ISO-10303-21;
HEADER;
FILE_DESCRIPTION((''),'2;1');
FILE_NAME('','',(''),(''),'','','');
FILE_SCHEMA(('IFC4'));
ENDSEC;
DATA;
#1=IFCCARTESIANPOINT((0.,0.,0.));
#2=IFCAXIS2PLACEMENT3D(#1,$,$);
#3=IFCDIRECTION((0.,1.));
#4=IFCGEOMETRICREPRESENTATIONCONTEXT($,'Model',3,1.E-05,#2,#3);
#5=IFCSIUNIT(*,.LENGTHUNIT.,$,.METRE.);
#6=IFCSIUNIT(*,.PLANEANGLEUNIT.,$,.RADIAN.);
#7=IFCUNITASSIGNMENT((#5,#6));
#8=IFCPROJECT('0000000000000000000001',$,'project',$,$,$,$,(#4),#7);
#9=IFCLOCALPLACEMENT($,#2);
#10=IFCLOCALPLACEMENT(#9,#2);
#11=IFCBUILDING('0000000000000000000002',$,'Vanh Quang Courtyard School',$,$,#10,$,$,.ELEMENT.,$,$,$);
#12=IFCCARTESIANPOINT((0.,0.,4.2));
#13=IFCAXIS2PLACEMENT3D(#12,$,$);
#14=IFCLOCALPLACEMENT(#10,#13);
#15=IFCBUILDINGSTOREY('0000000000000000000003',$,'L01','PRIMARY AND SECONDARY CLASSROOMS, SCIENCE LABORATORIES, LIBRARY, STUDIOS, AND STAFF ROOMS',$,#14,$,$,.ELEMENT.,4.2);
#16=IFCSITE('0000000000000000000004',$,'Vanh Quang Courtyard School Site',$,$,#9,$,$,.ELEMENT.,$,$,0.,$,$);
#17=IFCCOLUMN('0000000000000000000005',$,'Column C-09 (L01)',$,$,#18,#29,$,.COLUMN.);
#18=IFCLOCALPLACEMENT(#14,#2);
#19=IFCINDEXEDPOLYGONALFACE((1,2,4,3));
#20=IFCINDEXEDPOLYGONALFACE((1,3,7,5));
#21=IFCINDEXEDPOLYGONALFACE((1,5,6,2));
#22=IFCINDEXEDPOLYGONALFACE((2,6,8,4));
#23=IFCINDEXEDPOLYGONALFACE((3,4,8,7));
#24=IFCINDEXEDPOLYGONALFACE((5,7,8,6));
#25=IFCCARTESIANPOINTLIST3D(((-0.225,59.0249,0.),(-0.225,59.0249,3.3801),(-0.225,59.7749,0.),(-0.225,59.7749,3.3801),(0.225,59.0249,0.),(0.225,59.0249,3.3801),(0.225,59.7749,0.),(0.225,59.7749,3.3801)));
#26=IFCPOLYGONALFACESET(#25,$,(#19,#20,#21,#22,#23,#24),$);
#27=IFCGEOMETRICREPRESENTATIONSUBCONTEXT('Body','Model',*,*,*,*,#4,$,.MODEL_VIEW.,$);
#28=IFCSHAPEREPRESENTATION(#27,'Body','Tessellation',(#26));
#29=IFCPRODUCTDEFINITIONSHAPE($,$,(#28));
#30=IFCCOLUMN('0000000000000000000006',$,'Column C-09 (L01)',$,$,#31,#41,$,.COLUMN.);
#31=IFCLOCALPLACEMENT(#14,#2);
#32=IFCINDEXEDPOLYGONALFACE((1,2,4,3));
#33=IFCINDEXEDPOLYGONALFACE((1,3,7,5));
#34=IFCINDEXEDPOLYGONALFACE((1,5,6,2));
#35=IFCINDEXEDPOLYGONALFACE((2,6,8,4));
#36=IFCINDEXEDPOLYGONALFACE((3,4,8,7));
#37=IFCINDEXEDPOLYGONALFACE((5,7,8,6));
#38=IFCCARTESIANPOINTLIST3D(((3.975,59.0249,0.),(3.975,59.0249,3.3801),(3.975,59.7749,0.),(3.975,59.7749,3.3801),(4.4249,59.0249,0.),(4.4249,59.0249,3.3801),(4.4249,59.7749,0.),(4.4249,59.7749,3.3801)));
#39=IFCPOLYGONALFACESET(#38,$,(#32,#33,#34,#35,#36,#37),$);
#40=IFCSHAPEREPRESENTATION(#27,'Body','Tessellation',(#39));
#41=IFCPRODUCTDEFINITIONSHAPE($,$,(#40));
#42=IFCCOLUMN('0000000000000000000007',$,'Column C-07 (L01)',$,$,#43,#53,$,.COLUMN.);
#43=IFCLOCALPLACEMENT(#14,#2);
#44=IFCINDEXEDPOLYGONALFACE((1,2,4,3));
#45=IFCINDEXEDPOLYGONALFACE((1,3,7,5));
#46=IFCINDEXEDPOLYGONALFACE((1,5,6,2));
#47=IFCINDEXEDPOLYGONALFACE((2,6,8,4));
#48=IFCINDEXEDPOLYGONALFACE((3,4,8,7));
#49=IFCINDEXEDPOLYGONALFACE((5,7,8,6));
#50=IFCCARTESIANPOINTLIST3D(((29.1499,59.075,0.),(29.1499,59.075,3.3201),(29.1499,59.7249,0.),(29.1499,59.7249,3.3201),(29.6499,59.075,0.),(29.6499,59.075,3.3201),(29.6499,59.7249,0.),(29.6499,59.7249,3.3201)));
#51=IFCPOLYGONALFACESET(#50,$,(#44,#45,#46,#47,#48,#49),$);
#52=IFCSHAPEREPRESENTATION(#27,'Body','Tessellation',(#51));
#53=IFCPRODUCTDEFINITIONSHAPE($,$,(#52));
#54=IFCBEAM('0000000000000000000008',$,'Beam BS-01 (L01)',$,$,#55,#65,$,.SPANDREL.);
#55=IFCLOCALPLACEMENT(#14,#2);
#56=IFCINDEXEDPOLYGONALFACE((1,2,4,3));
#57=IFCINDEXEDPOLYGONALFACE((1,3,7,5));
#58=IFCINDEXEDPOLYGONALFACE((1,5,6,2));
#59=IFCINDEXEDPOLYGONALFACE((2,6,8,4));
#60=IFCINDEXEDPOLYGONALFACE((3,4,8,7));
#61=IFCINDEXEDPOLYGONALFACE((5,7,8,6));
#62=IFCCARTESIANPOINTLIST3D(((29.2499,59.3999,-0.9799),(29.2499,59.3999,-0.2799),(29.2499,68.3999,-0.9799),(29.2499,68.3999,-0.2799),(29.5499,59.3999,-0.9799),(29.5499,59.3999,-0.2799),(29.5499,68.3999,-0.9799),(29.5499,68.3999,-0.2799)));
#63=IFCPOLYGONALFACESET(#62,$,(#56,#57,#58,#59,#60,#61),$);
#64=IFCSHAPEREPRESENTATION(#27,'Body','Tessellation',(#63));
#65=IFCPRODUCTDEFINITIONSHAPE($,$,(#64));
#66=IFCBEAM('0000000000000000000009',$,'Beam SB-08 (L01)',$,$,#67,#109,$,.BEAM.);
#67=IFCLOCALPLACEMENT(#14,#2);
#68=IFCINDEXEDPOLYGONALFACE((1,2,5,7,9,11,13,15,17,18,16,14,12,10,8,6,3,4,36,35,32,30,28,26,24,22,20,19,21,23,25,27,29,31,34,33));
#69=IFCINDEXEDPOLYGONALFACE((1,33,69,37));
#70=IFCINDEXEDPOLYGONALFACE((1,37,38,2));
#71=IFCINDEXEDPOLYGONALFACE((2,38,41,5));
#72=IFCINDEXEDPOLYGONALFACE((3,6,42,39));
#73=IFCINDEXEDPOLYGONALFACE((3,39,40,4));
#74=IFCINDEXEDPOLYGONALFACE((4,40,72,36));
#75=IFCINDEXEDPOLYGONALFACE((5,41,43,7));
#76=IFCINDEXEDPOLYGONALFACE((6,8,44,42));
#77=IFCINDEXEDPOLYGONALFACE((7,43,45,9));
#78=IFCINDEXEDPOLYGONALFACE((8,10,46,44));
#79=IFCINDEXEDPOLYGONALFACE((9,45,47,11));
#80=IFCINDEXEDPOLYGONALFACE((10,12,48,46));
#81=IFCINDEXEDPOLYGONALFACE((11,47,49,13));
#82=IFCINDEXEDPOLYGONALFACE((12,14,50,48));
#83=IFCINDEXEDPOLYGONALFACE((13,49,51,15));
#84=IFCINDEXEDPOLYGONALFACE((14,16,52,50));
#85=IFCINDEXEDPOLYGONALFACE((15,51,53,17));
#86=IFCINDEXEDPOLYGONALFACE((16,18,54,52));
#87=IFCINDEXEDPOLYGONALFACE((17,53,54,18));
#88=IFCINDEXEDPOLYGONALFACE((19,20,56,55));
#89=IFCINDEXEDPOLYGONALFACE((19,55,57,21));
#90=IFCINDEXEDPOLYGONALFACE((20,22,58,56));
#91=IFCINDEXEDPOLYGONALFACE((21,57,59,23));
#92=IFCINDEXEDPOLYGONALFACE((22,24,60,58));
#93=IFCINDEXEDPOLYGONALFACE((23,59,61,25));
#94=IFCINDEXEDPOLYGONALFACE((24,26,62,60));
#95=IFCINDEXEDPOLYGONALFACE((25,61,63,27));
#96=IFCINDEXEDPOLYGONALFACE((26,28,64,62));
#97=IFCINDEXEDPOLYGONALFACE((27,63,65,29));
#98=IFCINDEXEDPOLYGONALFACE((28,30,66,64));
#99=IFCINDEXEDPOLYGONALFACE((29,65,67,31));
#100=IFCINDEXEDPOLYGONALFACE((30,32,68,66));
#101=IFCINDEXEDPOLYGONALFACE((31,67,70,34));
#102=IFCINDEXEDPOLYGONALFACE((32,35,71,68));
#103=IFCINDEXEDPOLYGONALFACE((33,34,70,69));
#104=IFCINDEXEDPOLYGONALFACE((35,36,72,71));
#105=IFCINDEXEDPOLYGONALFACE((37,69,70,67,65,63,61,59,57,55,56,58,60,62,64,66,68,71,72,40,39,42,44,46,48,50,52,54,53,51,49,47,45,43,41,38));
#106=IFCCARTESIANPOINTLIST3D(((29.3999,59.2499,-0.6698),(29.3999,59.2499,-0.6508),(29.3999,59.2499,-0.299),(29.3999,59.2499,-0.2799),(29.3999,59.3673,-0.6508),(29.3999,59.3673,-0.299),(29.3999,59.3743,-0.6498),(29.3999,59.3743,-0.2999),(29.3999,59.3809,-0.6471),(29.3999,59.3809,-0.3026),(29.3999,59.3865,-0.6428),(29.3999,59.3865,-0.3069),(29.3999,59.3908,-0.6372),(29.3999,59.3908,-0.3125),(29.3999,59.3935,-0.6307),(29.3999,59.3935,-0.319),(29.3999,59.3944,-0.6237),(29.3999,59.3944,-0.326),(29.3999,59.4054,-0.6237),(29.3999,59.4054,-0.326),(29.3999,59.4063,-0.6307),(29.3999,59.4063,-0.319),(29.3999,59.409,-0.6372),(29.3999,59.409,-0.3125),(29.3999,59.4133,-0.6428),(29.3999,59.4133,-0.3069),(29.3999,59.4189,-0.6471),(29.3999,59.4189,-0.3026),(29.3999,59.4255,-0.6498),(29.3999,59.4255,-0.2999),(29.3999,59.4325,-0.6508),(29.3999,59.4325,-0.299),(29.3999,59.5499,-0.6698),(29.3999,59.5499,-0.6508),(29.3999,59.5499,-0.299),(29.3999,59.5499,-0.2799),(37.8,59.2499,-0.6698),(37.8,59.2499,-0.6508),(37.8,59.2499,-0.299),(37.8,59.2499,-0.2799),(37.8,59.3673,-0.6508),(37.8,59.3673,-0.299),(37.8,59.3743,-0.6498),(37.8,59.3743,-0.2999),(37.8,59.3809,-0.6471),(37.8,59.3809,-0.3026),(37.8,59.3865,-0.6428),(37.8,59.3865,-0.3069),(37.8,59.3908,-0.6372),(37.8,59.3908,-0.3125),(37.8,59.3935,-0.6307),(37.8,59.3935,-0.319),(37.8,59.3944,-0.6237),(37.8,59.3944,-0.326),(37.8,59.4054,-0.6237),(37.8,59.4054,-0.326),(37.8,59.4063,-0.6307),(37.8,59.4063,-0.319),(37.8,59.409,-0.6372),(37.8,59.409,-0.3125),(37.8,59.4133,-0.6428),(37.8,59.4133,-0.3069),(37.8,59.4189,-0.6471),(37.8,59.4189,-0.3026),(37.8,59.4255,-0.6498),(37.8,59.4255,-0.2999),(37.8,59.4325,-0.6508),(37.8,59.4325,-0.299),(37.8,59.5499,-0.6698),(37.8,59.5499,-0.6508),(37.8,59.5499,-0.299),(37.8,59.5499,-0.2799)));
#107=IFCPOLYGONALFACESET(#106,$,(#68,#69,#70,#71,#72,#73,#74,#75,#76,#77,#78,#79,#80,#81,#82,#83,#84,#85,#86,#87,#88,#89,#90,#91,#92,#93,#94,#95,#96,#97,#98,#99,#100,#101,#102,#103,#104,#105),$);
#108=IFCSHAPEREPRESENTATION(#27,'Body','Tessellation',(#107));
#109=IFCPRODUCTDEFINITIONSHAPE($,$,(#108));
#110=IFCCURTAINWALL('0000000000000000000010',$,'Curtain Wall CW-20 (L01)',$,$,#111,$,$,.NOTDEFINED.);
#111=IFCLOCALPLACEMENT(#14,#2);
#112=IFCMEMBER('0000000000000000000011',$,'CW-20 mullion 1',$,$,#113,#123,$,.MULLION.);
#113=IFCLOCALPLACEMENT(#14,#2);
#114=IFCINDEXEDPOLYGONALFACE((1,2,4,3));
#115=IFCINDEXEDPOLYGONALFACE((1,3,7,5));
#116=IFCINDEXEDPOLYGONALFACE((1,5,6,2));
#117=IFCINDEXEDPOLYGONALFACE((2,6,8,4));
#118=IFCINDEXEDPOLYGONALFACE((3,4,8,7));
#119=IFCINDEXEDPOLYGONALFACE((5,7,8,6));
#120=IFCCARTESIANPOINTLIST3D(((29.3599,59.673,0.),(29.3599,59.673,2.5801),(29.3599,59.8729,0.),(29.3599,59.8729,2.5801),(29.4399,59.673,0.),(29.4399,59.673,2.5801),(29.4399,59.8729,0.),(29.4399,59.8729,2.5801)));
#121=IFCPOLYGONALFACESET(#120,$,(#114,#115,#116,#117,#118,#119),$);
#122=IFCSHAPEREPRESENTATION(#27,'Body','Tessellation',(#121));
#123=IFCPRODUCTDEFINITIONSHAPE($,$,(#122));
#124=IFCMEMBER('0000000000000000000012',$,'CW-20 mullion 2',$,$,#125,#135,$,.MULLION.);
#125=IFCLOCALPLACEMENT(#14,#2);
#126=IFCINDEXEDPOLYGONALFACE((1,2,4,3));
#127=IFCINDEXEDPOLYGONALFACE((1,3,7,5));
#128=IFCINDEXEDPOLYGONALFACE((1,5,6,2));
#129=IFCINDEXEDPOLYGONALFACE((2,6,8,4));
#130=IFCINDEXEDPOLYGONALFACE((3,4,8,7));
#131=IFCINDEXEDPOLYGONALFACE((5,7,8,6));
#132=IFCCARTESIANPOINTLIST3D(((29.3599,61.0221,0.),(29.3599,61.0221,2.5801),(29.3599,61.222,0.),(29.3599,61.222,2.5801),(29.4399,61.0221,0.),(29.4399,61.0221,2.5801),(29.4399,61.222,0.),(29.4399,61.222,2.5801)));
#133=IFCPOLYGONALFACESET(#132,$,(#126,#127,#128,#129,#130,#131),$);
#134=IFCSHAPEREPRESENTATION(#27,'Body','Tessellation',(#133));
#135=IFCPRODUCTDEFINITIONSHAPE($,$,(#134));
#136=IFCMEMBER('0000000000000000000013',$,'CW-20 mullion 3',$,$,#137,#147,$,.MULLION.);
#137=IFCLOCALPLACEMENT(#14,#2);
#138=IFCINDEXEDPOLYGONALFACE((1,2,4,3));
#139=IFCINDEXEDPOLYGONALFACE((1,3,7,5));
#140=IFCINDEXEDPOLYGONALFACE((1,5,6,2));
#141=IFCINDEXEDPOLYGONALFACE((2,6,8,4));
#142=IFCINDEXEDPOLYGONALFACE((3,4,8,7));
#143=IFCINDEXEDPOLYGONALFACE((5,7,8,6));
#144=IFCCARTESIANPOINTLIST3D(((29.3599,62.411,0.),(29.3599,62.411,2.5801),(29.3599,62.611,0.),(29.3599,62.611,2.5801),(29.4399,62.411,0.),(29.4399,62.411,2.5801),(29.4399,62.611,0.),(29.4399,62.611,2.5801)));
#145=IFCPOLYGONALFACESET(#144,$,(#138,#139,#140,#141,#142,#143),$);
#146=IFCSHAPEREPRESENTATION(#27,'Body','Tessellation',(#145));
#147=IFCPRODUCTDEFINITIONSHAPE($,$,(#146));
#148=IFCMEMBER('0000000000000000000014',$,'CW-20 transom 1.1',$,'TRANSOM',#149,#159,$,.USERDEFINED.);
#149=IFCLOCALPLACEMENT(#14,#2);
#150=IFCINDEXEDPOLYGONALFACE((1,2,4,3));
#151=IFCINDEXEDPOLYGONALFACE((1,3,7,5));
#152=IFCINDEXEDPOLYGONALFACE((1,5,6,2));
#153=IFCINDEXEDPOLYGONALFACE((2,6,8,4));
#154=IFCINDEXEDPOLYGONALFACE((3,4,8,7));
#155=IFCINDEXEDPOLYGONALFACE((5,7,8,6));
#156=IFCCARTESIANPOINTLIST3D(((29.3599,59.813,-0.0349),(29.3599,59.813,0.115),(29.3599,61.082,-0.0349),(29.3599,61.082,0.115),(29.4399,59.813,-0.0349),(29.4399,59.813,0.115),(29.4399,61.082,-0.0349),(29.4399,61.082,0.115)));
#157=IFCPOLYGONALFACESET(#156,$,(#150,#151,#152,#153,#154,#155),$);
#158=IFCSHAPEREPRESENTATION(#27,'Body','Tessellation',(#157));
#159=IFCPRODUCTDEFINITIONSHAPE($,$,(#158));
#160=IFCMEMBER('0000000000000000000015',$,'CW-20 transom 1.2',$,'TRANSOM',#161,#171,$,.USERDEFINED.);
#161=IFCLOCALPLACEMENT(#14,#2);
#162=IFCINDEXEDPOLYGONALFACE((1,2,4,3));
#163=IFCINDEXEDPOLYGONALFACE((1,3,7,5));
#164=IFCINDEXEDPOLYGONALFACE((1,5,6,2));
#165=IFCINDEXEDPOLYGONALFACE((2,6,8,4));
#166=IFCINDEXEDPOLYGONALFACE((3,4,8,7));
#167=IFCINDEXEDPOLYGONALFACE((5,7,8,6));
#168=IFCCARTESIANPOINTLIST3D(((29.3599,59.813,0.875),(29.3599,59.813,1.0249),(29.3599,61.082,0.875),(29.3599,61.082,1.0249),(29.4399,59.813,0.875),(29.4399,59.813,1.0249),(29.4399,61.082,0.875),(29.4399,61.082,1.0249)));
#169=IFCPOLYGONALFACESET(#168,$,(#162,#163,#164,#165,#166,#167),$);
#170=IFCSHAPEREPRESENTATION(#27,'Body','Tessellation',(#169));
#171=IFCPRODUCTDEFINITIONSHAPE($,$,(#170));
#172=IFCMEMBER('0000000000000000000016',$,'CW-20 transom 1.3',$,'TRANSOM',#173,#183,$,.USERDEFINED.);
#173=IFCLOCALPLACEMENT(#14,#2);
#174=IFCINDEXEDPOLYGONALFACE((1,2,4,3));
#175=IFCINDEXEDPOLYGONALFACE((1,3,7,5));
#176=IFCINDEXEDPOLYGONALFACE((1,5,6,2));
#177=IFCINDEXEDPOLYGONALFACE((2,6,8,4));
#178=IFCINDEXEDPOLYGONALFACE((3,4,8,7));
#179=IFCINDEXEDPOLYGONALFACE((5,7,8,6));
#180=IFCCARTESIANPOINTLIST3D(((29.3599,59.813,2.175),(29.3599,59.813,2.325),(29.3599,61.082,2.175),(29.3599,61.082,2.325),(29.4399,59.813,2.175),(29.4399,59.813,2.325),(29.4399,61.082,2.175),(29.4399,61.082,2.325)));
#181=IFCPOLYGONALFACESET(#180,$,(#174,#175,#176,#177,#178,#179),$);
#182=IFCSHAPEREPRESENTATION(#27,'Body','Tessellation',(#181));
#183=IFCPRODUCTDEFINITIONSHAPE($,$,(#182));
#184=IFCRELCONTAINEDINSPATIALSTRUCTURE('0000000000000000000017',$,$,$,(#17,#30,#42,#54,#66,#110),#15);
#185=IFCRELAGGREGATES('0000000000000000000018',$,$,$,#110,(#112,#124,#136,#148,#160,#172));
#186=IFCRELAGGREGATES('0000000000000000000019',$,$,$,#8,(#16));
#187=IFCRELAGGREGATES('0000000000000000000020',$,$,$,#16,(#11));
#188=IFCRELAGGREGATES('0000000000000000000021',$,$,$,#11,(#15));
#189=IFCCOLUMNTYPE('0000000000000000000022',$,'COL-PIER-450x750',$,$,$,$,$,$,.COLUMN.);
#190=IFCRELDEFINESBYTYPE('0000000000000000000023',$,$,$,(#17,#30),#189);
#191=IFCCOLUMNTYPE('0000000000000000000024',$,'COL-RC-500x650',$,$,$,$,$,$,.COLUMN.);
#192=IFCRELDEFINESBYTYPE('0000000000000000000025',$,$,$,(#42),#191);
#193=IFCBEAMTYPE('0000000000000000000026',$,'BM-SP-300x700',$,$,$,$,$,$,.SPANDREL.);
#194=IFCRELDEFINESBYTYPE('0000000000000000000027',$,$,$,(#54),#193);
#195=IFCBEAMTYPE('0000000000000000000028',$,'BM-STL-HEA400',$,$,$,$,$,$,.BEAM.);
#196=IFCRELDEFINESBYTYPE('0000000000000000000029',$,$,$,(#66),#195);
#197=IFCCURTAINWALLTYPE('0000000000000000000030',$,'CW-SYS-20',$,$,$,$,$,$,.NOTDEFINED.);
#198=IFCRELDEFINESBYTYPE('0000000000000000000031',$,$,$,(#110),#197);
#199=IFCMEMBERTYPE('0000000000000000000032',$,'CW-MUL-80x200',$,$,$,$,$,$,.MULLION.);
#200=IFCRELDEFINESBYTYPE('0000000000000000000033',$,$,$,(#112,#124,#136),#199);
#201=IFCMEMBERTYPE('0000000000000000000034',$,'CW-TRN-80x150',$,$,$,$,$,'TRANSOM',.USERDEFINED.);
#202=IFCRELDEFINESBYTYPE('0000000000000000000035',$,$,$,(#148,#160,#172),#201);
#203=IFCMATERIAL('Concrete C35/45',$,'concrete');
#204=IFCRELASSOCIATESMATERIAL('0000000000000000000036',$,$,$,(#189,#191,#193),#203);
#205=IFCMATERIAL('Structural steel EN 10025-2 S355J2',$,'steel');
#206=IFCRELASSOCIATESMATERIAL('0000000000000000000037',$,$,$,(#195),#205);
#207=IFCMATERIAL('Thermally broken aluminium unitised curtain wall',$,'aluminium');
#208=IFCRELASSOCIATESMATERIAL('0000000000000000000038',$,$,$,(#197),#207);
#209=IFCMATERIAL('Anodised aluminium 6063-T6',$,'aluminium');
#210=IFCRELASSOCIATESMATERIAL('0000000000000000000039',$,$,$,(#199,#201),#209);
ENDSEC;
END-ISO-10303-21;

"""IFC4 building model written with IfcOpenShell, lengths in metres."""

from ifc_helpers import new_model, si_unit, direction, frame, origin, origin_2d, place, context, subcontext, project, spatial, rectangle, i_section, extrude, material, material_profile, profile_set, type_object, element, aggregate, save


model = new_model("IFC4")

# Units and contexts
model_context = context("Model", 3, precision=1e-05, world=origin(), true_north=direction((0.0, 1.0)))
body_context = subcontext(model_context, "Body", "Model", "MODEL_VIEW")
ifc_project = project(units=[si_unit("LENGTHUNIT", "METRE"), si_unit("PLANEANGLEUNIT", "RADIAN")], contexts=[model_context])

# Site, building, storey
site_placement = place(None, origin())
site = spatial("IfcSite", under=ifc_project, at=site_placement, Name="Vanh Quang Courtyard School Site", CompositionType="ELEMENT", RefElevation=0.0)
building_placement = place(site_placement, origin())
building = spatial("IfcBuilding", under=site, at=building_placement, Name="Vanh Quang Courtyard School", CompositionType="ELEMENT")
storey_placement = place(building_placement, frame((0.0, 0.0, 4.2)))
storey = spatial("IfcBuildingStorey", under=building, at=storey_placement, Name="L01", Description="PRIMARY AND SECONDARY CLASSROOMS, SCIENCE LABORATORIES, LIBRARY, STUDIOS, AND STAFF ROOMS", CompositionType="ELEMENT", Elevation=4.2)

# Columns
ifc_material_1 = material(Name="Concrete C35/45", Category="concrete")
ifc_material_profile_1 = material_profile(ifc_material_1, rectangle(XDim=0.45, YDim=0.75, at=origin_2d()), Name="RC-PIER 450x750")
ifc_profile_set_1 = profile_set([ifc_material_profile_1], Name="Concrete C35/45")
column_type_1 = type_object("IfcColumnType", Name="COL-PIER-450x750", PredefinedType="COLUMN", material=ifc_profile_set_1)
for number, where, z_axis, x_axis, name in (
    (1, (0.0, 59.3999, 0.0), (0.0, 0.0, 1.0), (1.0, 0.0, 0.0), "Column C-09 (L01)"),
    (2, (4.2, 59.3999, 0.0), (0.0, 0.0, 1.0), (1.0, 0.0, 0.0), "Column C-09 (L01)"),
):
    element("IfcColumn", number, at=place(storey_placement, frame(where, z_axis=z_axis, x_axis=x_axis)), inside=storey, type_object=column_type_1, Name=name, PredefinedType="COLUMN", context=body_context, shape_type="SweptSolid", body=[
        extrude(rectangle(XDim=0.45, YDim=0.75, at=origin_2d()), origin(), (0.0, 0.0, 1.0), 3.3801),
    ])
ifc_material_profile_2 = material_profile(ifc_material_1, rectangle(XDim=0.5, YDim=0.6499, at=origin_2d()), Name="RC-COL 500x650")
ifc_profile_set_2 = profile_set([ifc_material_profile_2], Name="Concrete C35/45")
column_type_2 = type_object("IfcColumnType", Name="COL-RC-500x650", PredefinedType="COLUMN", material=ifc_profile_set_2)
column_placement = place(storey_placement, frame((29.3999, 59.3999, 0.0), z_axis=(0.0, 0.0, 1.0), x_axis=(1.0, 0.0, 0.0)))
element("IfcColumn", 3, at=column_placement, inside=storey, type_object=column_type_2, Name="Column C-07 (L01)", PredefinedType="COLUMN", context=body_context, shape_type="SweptSolid", body=[
    extrude(rectangle(XDim=0.5, YDim=0.6499, at=origin_2d()), origin(), (0.0, 0.0, 1.0), 3.3201),
])

# Beams
ifc_material_profile_3 = material_profile(ifc_material_1, rectangle(XDim=0.3, YDim=0.7, at=origin_2d()), Name="RC-SP 300x700")
ifc_profile_set_3 = profile_set([ifc_material_profile_3], Name="Concrete C35/45")
beam_type_1 = type_object("IfcBeamType", Name="BM-SP-300x700", PredefinedType="SPANDREL", material=ifc_profile_set_3)
beam_1_placement = place(storey_placement, frame((29.3999, 59.3999, -0.6299), z_axis=(0.0, 1.0, 0.0), x_axis=(-1.0, 0.0, 0.0)))
element("IfcBeam", 4, at=beam_1_placement, inside=storey, type_object=beam_type_1, Name="Beam BS-01 (L01)", PredefinedType="SPANDREL", context=body_context, shape_type="SweptSolid", body=[
    extrude(rectangle(XDim=0.3, YDim=0.7, at=origin_2d()), origin(), (0.0, 0.0, 1.0), 9.0),
])
ifc_material_2 = material(Name="Structural steel EN 10025-2 S355J2", Category="steel")
ifc_material_profile_4 = material_profile(ifc_material_2, i_section(OverallWidth=0.3, OverallDepth=0.3899, WebThickness=0.011, FlangeThickness=0.019, FilletRadius=0.0271, at=origin_2d()), Name="HEA 400")
ifc_profile_set_4 = profile_set([ifc_material_profile_4], Name="Structural steel EN 10025-2 S355J2")
beam_type_2 = type_object("IfcBeamType", Name="BM-STL-HEA400", PredefinedType="BEAM", material=ifc_profile_set_4)
beam_2_placement = place(storey_placement, frame((29.3999, 59.3999, -0.4749), z_axis=(1.0, 0.0, 0.0), x_axis=(0.0, 1.0, 0.0)))
element("IfcBeam", 5, at=beam_2_placement, inside=storey, type_object=beam_type_2, Name="Beam SB-08 (L01)", PredefinedType="BEAM", context=body_context, shape_type="SweptSolid", body=[
    extrude(i_section(OverallWidth=0.3, OverallDepth=0.3899, WebThickness=0.011, FlangeThickness=0.019, FilletRadius=0.0271, at=origin_2d()), origin(), (0.0, 0.0, 1.0), 8.4001),
])

# Curtain wall, members
ifc_material_3 = material(Name="Thermally broken aluminium unitised curtain wall", Category="aluminium")
curtain_wall_type = type_object("IfcCurtainWallType", Name="CW-SYS-20", PredefinedType="NOTDEFINED", material=ifc_material_3)
curtain_wall_placement = place(storey_placement, origin())
curtain_wall = element("IfcCurtainWall", 6, at=curtain_wall_placement, inside=storey, type_object=curtain_wall_type, Name="Curtain Wall CW-20 (L01)", PredefinedType="NOTDEFINED")
ifc_material_4 = material(Name="Anodised aluminium 6063-T6", Category="aluminium")
ifc_material_profile_5 = material_profile(ifc_material_4, rectangle(XDim=0.0801, YDim=0.2, at=origin_2d()), Name="ALU-MUL 80x200")
ifc_profile_set_5 = profile_set([ifc_material_profile_5], Name="Anodised aluminium 6063-T6")
member_type_1 = type_object("IfcMemberType", Name="CW-MUL-80x200", PredefinedType="MULLION", material=ifc_profile_set_5)
member_1_placement = place(storey_placement, frame((29.3999, 59.7729, 0.0), z_axis=(0.0, 0.0, 1.0), x_axis=(-1.0, 0.0, 0.0)))
member_1 = element("IfcMember", 7, at=member_1_placement, type_object=member_type_1, Name="CW-20 mullion 1", PredefinedType="MULLION", context=body_context, shape_type="SweptSolid", body=[
    extrude(rectangle(XDim=0.0801, YDim=0.2, at=origin_2d()), origin(), (0.0, 0.0, 1.0), 2.5801),
])
member_2_placement = place(storey_placement, frame((29.3999, 61.1221, 0.0), z_axis=(0.0, 0.0, 1.0), x_axis=(-1.0, 0.0, 0.0)))
member_2 = element("IfcMember", 8, at=member_2_placement, type_object=member_type_1, Name="CW-20 mullion 2", PredefinedType="MULLION", context=body_context, shape_type="SweptSolid", body=[
    extrude(rectangle(XDim=0.0801, YDim=0.2, at=origin_2d()), origin(), (0.0, 0.0, 1.0), 2.5801),
])
member_3_placement = place(storey_placement, frame((29.3999, 62.511, 0.0), z_axis=(0.0, 0.0, 1.0), x_axis=(-1.0, 0.0, 0.0)))
member_3 = element("IfcMember", 9, at=member_3_placement, type_object=member_type_1, Name="CW-20 mullion 3", PredefinedType="MULLION", context=body_context, shape_type="SweptSolid", body=[
    extrude(rectangle(XDim=0.0801, YDim=0.2, at=origin_2d()), origin(), (0.0, 0.0, 1.0), 2.5801),
])
ifc_material_profile_6 = material_profile(ifc_material_4, rectangle(XDim=0.0801, YDim=0.1499, at=origin_2d()), Name="ALU-TRN 80x150")
ifc_profile_set_6 = profile_set([ifc_material_profile_6], Name="Anodised aluminium 6063-T6")
member_type_2 = type_object("IfcMemberType", Name="CW-TRN-80x150", ElementType="TRANSOM", PredefinedType="USERDEFINED", material=ifc_profile_set_6)
member_4_placement = place(storey_placement, frame((29.3999, 59.813, 0.04), z_axis=(0.0, 1.0, 0.0), x_axis=(-1.0, 0.0, 0.0)))
member_4 = element("IfcMember", 10, at=member_4_placement, type_object=member_type_2, Name="CW-20 transom 1.1", ObjectType="TRANSOM", PredefinedType="USERDEFINED", context=body_context, shape_type="SweptSolid", body=[
    extrude(rectangle(XDim=0.0801, YDim=0.1499, at=origin_2d()), origin(), (0.0, 0.0, 1.0), 1.269),
])
member_5_placement = place(storey_placement, frame((29.3999, 59.813, 0.95), z_axis=(0.0, 1.0, 0.0), x_axis=(-1.0, 0.0, 0.0)))
member_5 = element("IfcMember", 11, at=member_5_placement, type_object=member_type_2, Name="CW-20 transom 1.2", ObjectType="TRANSOM", PredefinedType="USERDEFINED", context=body_context, shape_type="SweptSolid", body=[
    extrude(rectangle(XDim=0.0801, YDim=0.1499, at=origin_2d()), origin(), (0.0, 0.0, 1.0), 1.269),
])
member_6_placement = place(storey_placement, frame((29.3999, 59.813, 2.25), z_axis=(0.0, 1.0, 0.0), x_axis=(-1.0, 0.0, 0.0)))
member_6 = element("IfcMember", 12, at=member_6_placement, type_object=member_type_2, Name="CW-20 transom 1.3", ObjectType="TRANSOM", PredefinedType="USERDEFINED", context=body_context, shape_type="SweptSolid", body=[
    extrude(rectangle(XDim=0.0801, YDim=0.1499, at=origin_2d()), origin(), (0.0, 0.0, 1.0), 1.269),
])
aggregate(curtain_wall, [member_1, member_2, member_3, member_4, member_5, member_6])

save(model, "model.ifc")
